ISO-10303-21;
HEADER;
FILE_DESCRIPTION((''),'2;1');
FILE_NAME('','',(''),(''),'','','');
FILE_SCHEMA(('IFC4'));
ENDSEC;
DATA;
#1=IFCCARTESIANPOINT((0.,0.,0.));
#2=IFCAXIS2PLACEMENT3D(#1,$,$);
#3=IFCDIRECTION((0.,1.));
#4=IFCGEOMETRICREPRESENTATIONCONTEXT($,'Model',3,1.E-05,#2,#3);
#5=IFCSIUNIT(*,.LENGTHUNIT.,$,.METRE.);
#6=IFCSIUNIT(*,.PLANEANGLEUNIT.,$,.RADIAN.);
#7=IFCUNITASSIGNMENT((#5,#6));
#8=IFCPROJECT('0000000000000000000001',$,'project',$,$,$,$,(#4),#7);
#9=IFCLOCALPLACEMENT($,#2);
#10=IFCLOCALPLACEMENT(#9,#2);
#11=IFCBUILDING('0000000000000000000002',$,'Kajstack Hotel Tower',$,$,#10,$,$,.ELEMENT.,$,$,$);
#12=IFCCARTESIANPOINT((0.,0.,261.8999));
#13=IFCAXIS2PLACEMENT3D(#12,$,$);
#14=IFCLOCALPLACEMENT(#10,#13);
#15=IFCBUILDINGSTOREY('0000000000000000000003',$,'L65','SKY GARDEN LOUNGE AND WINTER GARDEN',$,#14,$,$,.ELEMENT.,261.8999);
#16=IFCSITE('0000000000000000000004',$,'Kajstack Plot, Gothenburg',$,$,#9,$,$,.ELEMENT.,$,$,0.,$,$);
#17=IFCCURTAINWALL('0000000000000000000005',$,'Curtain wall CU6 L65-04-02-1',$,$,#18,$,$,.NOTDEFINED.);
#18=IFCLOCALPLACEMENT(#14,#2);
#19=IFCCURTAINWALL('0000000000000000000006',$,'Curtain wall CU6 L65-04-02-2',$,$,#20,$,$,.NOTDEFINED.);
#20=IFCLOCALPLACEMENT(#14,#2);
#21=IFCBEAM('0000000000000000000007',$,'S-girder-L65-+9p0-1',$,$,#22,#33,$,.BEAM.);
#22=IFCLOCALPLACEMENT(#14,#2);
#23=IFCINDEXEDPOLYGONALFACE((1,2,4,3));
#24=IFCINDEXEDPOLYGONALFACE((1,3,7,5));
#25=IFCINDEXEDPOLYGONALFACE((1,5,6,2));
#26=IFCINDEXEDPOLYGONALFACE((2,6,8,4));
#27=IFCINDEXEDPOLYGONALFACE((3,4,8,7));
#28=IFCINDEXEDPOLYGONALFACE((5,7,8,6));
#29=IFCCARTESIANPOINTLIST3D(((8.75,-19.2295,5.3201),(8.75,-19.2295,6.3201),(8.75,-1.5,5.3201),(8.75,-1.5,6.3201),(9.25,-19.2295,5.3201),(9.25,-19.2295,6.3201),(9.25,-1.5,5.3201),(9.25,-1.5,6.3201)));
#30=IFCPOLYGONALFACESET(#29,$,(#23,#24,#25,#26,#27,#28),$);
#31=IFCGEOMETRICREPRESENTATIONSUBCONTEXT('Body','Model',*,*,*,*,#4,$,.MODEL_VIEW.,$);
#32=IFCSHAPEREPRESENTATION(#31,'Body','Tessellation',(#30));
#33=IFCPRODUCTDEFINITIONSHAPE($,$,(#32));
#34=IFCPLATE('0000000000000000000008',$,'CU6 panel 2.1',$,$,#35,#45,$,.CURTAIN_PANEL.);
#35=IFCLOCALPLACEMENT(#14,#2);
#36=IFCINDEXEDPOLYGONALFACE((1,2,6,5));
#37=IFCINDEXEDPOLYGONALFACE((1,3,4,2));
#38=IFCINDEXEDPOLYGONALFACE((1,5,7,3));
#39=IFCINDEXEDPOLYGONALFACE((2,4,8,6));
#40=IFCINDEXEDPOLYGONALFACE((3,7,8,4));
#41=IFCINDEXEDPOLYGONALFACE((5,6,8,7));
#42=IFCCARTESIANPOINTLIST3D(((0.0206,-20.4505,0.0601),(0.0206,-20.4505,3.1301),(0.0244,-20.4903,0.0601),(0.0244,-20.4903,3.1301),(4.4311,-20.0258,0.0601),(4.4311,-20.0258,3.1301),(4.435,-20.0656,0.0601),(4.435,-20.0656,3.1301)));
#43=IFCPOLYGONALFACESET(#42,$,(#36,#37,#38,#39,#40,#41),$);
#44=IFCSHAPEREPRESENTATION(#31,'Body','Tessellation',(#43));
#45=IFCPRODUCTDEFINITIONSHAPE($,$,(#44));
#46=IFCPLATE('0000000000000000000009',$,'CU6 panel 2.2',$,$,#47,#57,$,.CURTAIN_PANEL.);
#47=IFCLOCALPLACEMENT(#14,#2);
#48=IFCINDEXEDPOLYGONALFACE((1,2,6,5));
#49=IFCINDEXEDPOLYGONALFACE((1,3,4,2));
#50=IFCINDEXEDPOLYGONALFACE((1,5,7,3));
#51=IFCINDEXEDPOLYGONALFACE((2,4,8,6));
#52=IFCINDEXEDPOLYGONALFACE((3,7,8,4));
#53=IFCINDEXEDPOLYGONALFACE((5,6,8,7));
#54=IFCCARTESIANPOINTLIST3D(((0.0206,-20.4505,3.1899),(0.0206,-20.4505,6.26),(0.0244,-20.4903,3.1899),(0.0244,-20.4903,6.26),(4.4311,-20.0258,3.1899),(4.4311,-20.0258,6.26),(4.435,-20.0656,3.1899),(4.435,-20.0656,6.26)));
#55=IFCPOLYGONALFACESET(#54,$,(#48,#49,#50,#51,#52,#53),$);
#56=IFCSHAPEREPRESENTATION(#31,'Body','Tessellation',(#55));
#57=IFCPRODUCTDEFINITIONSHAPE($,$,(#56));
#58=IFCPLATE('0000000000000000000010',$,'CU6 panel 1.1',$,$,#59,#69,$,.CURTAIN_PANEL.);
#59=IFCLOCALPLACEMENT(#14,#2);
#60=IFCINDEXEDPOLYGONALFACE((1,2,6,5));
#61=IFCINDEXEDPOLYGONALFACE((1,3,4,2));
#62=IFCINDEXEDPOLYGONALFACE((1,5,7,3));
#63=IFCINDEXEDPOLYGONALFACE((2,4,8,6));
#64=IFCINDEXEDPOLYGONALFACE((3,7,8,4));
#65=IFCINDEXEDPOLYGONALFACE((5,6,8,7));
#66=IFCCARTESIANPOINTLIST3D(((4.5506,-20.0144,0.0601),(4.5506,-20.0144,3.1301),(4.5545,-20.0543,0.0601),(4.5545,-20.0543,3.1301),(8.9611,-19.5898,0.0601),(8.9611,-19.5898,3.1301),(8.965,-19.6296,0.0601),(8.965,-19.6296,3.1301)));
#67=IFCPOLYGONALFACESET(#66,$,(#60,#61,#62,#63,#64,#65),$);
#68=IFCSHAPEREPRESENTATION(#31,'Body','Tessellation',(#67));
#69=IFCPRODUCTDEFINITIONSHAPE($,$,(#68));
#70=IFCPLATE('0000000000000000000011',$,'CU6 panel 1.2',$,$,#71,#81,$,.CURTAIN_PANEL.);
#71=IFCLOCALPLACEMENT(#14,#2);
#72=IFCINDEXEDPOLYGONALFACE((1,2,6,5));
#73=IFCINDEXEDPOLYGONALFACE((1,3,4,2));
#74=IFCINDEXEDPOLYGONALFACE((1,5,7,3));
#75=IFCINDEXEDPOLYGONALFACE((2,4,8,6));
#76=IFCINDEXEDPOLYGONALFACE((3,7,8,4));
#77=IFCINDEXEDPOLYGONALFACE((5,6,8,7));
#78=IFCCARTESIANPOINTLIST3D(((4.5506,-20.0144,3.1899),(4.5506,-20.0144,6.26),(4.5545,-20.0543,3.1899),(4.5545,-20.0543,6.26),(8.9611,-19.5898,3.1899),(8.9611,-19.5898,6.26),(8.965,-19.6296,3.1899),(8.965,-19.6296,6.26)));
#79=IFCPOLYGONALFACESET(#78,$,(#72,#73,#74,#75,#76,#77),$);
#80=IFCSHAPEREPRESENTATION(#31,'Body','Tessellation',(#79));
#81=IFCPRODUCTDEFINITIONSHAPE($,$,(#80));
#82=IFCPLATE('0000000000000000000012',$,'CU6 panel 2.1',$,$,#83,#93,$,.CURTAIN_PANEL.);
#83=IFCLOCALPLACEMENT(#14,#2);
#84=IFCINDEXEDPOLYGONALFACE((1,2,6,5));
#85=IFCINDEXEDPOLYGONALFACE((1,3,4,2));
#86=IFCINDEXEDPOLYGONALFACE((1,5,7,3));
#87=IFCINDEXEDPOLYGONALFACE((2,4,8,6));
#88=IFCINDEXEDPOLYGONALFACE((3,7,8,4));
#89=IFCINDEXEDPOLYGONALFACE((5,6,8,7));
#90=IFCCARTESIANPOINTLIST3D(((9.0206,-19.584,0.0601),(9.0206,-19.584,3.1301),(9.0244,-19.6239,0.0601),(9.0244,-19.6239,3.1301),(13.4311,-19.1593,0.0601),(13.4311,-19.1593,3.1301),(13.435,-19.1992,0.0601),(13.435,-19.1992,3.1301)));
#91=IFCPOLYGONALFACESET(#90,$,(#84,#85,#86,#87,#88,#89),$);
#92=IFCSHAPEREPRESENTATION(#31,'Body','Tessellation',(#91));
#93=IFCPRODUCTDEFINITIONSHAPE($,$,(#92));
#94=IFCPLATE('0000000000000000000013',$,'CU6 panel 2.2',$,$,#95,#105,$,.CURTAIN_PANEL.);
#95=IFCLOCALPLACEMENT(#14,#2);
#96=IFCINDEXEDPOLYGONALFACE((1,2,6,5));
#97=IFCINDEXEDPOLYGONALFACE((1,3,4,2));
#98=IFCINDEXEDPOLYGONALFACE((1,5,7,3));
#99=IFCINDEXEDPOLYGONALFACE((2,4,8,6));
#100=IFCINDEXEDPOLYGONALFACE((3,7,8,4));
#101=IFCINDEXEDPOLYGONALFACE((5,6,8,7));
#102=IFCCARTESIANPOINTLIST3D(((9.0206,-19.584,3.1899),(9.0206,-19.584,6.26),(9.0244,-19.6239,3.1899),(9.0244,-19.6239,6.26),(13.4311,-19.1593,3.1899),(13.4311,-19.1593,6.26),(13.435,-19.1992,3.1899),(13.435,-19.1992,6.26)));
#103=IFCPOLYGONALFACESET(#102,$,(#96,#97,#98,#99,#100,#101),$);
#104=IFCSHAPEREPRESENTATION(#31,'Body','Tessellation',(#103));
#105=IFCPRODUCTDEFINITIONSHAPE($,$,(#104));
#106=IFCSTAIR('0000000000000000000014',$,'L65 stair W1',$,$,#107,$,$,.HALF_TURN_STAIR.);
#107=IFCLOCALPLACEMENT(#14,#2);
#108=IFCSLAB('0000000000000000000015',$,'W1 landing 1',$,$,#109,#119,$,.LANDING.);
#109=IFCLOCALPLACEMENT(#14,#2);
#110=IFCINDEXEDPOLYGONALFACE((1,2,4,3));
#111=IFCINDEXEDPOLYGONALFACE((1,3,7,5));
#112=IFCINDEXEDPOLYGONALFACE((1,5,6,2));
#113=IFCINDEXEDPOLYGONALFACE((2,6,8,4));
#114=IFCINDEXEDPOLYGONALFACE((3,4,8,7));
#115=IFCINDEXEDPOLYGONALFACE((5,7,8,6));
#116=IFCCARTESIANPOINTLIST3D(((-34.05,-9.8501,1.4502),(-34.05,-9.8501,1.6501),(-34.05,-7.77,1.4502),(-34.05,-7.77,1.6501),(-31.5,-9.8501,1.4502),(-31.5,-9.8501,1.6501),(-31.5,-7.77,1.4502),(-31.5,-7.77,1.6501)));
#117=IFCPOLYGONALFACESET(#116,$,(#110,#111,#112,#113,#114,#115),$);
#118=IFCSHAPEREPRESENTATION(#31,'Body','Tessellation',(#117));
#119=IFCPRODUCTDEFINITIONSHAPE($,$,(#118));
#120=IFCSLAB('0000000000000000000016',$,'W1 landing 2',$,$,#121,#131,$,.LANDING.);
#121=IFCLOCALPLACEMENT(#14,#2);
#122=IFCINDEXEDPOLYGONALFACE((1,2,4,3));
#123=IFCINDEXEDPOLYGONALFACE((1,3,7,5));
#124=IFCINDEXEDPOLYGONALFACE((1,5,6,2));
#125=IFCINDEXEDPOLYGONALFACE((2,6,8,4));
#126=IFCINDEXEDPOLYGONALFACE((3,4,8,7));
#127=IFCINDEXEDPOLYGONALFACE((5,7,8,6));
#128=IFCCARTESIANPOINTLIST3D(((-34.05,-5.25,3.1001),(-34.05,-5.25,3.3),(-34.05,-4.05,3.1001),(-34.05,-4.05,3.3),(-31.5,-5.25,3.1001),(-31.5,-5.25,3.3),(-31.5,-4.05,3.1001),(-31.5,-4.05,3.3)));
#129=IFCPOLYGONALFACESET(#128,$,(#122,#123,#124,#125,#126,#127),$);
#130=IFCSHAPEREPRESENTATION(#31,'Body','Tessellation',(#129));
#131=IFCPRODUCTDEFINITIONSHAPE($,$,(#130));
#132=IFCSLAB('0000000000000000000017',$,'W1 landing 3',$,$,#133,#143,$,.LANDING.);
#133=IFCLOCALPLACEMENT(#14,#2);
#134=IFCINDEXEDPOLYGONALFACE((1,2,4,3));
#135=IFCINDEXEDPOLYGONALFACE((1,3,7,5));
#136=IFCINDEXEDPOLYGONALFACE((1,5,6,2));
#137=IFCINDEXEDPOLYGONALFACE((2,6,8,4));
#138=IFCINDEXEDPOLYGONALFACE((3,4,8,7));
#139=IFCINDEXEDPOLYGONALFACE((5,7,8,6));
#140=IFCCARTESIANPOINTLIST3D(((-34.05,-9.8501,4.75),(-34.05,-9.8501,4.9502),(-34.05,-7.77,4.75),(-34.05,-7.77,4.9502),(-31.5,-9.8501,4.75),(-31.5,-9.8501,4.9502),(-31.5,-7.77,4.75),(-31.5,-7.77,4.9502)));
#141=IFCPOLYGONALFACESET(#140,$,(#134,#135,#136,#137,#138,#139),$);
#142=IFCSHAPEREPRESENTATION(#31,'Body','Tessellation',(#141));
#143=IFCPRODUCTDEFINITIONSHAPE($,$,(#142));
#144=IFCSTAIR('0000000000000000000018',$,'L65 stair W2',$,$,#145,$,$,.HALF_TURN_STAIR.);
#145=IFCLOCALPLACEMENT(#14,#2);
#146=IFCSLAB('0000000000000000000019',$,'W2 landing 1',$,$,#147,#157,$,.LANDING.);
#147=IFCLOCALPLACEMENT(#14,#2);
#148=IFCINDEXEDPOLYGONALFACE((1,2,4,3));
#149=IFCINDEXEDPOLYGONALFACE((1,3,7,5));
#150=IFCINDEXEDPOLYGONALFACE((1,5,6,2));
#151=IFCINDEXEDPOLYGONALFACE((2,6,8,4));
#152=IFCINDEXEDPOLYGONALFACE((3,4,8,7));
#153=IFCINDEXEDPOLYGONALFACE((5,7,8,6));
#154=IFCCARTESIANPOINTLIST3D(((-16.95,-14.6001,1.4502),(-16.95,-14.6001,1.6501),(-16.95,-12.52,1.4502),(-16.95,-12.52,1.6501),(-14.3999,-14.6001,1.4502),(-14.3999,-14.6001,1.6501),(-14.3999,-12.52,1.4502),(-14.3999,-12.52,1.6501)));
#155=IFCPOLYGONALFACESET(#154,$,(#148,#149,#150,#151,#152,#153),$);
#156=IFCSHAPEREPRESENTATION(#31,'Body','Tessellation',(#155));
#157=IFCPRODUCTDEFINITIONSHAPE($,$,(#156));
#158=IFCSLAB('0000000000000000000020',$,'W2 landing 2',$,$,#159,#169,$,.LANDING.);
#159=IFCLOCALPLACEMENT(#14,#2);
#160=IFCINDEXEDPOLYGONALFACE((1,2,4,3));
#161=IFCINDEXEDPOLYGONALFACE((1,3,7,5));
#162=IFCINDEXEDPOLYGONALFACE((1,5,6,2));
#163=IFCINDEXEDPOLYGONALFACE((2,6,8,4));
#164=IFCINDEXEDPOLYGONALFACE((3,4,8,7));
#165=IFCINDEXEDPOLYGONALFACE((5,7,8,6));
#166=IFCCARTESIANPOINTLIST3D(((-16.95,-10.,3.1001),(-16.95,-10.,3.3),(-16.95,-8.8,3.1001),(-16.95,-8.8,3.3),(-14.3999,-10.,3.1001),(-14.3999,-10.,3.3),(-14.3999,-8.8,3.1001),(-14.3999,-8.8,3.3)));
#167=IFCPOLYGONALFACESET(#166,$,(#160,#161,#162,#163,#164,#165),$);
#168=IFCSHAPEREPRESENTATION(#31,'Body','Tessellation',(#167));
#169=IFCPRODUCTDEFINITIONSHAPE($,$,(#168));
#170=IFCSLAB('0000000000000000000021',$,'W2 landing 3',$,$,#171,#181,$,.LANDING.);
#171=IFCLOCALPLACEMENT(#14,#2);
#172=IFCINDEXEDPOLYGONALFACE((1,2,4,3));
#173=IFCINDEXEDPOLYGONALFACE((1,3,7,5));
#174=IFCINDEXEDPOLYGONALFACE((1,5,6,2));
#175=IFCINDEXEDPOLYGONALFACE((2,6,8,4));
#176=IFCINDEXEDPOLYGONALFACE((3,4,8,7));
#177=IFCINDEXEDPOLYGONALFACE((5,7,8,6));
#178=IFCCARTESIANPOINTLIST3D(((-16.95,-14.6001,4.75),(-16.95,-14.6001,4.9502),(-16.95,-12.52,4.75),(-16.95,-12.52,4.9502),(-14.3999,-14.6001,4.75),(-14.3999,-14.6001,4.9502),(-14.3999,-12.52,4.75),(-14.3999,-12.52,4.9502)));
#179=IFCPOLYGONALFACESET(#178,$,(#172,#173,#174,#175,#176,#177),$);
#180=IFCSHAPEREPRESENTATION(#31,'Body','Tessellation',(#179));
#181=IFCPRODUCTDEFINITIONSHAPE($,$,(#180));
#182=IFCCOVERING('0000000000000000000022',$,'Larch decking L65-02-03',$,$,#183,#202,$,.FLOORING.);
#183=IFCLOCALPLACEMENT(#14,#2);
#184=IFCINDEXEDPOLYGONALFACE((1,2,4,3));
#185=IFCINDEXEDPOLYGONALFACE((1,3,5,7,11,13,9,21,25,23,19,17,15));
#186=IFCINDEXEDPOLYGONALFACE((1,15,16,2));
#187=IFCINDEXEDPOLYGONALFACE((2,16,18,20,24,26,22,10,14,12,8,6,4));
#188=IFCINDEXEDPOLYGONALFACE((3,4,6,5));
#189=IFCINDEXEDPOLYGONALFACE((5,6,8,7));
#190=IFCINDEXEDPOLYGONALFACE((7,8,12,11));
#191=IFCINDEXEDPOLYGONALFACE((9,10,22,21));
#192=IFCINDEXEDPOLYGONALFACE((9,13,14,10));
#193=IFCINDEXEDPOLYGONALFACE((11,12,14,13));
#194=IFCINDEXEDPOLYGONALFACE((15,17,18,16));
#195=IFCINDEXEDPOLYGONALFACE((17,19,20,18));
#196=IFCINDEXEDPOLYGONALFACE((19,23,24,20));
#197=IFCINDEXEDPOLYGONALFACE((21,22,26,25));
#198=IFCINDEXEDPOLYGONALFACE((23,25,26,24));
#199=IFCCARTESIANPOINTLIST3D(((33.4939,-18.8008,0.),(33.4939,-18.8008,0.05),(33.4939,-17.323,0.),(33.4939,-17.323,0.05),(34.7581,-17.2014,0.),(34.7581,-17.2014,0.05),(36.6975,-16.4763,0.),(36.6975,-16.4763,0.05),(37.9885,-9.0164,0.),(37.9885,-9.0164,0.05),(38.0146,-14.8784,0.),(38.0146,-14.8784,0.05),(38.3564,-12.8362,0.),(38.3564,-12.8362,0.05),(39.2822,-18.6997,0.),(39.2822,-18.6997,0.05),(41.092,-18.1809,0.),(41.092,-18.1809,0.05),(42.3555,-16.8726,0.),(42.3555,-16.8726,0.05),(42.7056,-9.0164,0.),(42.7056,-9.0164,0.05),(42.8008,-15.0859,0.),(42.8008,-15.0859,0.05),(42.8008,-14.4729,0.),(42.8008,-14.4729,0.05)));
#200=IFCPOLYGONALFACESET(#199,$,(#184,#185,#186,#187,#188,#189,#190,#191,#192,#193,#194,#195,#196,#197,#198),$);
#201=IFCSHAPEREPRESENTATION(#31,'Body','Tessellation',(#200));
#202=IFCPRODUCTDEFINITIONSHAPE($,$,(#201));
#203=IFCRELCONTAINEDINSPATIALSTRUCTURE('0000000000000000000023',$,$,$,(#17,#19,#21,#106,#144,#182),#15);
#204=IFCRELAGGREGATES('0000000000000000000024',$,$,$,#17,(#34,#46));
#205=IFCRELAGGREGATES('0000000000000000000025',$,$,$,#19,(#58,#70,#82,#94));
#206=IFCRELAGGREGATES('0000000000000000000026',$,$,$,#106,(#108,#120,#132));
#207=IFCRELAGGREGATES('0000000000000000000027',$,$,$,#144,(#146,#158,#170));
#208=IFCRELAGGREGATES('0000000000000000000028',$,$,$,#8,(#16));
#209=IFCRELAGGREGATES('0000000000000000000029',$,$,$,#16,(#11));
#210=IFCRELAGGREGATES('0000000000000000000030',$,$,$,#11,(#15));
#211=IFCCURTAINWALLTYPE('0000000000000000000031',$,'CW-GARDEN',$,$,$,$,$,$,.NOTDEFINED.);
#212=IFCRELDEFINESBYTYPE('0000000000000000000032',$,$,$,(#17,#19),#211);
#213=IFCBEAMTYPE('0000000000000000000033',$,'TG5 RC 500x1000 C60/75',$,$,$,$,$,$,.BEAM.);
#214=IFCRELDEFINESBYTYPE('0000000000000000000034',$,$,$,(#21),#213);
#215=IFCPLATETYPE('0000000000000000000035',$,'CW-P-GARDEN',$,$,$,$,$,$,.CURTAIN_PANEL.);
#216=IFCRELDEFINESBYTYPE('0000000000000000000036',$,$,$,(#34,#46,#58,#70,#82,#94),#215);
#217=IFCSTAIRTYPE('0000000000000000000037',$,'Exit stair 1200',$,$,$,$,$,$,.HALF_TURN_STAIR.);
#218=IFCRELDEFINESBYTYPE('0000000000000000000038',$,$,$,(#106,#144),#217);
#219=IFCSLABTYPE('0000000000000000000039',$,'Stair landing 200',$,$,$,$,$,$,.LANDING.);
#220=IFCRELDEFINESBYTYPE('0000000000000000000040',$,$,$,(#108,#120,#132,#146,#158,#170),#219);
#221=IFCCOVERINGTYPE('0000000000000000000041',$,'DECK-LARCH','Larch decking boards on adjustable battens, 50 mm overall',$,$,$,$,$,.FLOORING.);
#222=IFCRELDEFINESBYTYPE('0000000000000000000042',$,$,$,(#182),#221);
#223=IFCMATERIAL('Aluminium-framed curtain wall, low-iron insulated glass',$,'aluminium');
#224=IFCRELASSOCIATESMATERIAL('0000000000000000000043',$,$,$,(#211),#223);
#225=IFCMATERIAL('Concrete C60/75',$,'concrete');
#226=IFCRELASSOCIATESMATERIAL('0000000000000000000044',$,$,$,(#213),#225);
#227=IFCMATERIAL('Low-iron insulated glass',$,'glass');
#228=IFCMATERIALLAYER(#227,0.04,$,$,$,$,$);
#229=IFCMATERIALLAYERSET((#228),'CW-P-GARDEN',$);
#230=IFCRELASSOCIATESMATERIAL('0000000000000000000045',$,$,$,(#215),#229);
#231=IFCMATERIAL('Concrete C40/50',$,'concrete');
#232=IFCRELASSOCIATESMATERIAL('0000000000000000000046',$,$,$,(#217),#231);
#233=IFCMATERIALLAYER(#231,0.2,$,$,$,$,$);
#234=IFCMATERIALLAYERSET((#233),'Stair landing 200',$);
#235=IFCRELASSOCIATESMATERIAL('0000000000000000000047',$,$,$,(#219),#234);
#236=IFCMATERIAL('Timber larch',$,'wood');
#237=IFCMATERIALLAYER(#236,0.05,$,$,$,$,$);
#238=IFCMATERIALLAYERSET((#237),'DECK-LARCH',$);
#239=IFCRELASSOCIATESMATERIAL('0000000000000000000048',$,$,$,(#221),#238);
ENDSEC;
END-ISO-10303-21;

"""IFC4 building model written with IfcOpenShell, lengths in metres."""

from ifc_helpers import new_model, si_unit, direction, frame, origin, origin_2d, place, context, subcontext, project, spatial, polyline, rectangle, outline, extrude, material, layer, layer_set, material_profile, profile_set, type_object, element, aggregate, save


model = new_model("IFC4")

# Units and contexts
model_context = context("Model", 3, precision=1e-05, world=origin(), true_north=direction((0.0, 1.0)))
body_context = subcontext(model_context, "Body", "Model", "MODEL_VIEW")
ifc_project = project(units=[si_unit("LENGTHUNIT", "METRE"), si_unit("PLANEANGLEUNIT", "RADIAN")], contexts=[model_context])

# Site, building, storey
site_placement = place(None, origin())
site = spatial("IfcSite", under=ifc_project, at=site_placement, Name="Kajstack Plot, Gothenburg", CompositionType="ELEMENT", RefElevation=0.0)
building_placement = place(site_placement, origin())
building = spatial("IfcBuilding", under=site, at=building_placement, Name="Kajstack Hotel Tower", CompositionType="ELEMENT")
storey_placement = place(building_placement, frame((0.0, 0.0, 261.8999)))
storey = spatial("IfcBuildingStorey", under=building, at=storey_placement, Name="L65", Description="SKY GARDEN LOUNGE AND WINTER GARDEN", CompositionType="ELEMENT", Elevation=261.8999)

# Shared definitions
ifc_material_1 = material(Name="Concrete C40/50", Category="concrete")

# Curtain wall
ifc_material_2 = material(Name="Aluminium-framed curtain wall, low-iron insulated glass", Category="aluminium")
curtain_wall_type = type_object("IfcCurtainWallType", Name="CW-GARDEN", PredefinedType="NOTDEFINED", material=ifc_material_2)
curtain_wall_1_placement = place(storey_placement, origin())
curtain_wall_1 = element("IfcCurtainWall", 1, at=curtain_wall_1_placement, inside=storey, type_object=curtain_wall_type, Name="Curtain wall CU6 L65-04-02-1", PredefinedType="NOTDEFINED")

# Curtain wall
curtain_wall_2_placement = place(storey_placement, origin())
curtain_wall_2 = element("IfcCurtainWall", 2, at=curtain_wall_2_placement, inside=storey, type_object=curtain_wall_type, Name="Curtain wall CU6 L65-04-02-2", PredefinedType="NOTDEFINED")

# Beam
ifc_material_3 = material(Name="Concrete C60/75", Category="concrete")
ifc_material_profile_1 = material_profile(ifc_material_3, rectangle(XDim=0.5, YDim=1.0, at=origin_2d()), Name="RC 500x1000")
ifc_profile_set_1 = profile_set([ifc_material_profile_1], Name="Concrete C60/75")
beam_type = type_object("IfcBeamType", Name="TG5 RC 500x1000 C60/75", PredefinedType="BEAM", material=ifc_profile_set_1)
beam_placement = place(storey_placement, frame((9.0, -19.2295, 5.8201), z_axis=(0.0, 1.0, 0.0), x_axis=(-1.0, 0.0, 0.0)))
element("IfcBeam", 3, at=beam_placement, inside=storey, type_object=beam_type, Name="S-girder-L65-+9p0-1", PredefinedType="BEAM", context=body_context, shape_type="SweptSolid", body=[
    extrude(rectangle(XDim=0.5, YDim=1.0, at=origin_2d()), origin(), (0.0, 0.0, 1.0), 17.7295),
])

# Plates
ifc_material_4 = material(Name="Low-iron insulated glass", Category="glass")
ifc_layer_1 = layer(ifc_material_4, 0.04)
ifc_layer_set_1 = layer_set([ifc_layer_1], Name="CW-P-GARDEN")
plate_type = type_object("IfcPlateType", Name="CW-P-GARDEN", PredefinedType="CURTAIN_PANEL", material=ifc_layer_set_1)
plate_1_placement = place(storey_placement, frame((2.2278, -20.2581, 0.0601), z_axis=(0.0, 0.0, 1.0), x_axis=(0.995396, 0.095846, 0.0)))
plate_1 = element("IfcPlate", 4, at=plate_1_placement, type_object=plate_type, Name="CU6 panel 2.1", PredefinedType="CURTAIN_PANEL", context=body_context, shape_type="SweptSolid", body=[
    extrude(rectangle(XDim=4.4309, YDim=0.04, at=origin_2d()), origin(), (0.0, 0.0, 1.0), 3.0701),
])
plate_2_placement = place(storey_placement, frame((2.2278, -20.2581, 3.1899), z_axis=(0.0, 0.0, 1.0), x_axis=(0.995396, 0.095846, 0.0)))
plate_2 = element("IfcPlate", 5, at=plate_2_placement, type_object=plate_type, Name="CU6 panel 2.2", PredefinedType="CURTAIN_PANEL", context=body_context, shape_type="SweptSolid", body=[
    extrude(rectangle(XDim=4.4309, YDim=0.04, at=origin_2d()), origin(), (0.0, 0.0, 1.0), 3.0701),
])
aggregate(curtain_wall_1, [plate_1, plate_2])
plate_3_placement = place(storey_placement, frame((6.7578, -19.822, 0.0601), z_axis=(0.0, 0.0, 1.0), x_axis=(0.995396, 0.095846, 0.0)))
plate_3 = element("IfcPlate", 6, at=plate_3_placement, type_object=plate_type, Name="CU6 panel 1.1", PredefinedType="CURTAIN_PANEL", context=body_context, shape_type="SweptSolid", body=[
    extrude(rectangle(XDim=4.4309, YDim=0.04, at=origin_2d()), origin(), (0.0, 0.0, 1.0), 3.0701),
])
plate_4_placement = place(storey_placement, frame((6.7578, -19.822, 3.1899), z_axis=(0.0, 0.0, 1.0), x_axis=(0.995396, 0.095846, 0.0)))
plate_4 = element("IfcPlate", 7, at=plate_4_placement, type_object=plate_type, Name="CU6 panel 1.2", PredefinedType="CURTAIN_PANEL", context=body_context, shape_type="SweptSolid", body=[
    extrude(rectangle(XDim=4.4309, YDim=0.04, at=origin_2d()), origin(), (0.0, 0.0, 1.0), 3.0701),
])
plate_5_placement = place(storey_placement, frame((11.2278, -19.3916, 0.0601), z_axis=(0.0, 0.0, 1.0), x_axis=(0.995396, 0.095846, 0.0)))
plate_5 = element("IfcPlate", 8, at=plate_5_placement, type_object=plate_type, Name="CU6 panel 2.1", PredefinedType="CURTAIN_PANEL", context=body_context, shape_type="SweptSolid", body=[
    extrude(rectangle(XDim=4.4309, YDim=0.04, at=origin_2d()), origin(), (0.0, 0.0, 1.0), 3.0701),
])
plate_6_placement = place(storey_placement, frame((11.2278, -19.3916, 3.1899), z_axis=(0.0, 0.0, 1.0), x_axis=(0.995396, 0.095846, 0.0)))
plate_6 = element("IfcPlate", 9, at=plate_6_placement, type_object=plate_type, Name="CU6 panel 2.2", PredefinedType="CURTAIN_PANEL", context=body_context, shape_type="SweptSolid", body=[
    extrude(rectangle(XDim=4.4309, YDim=0.04, at=origin_2d()), origin(), (0.0, 0.0, 1.0), 3.0701),
])
aggregate(curtain_wall_2, [plate_3, plate_4, plate_5, plate_6])

# Stairs, slabs
stair_type = type_object("IfcStairType", Name="Exit stair 1200", PredefinedType="HALF_TURN_STAIR", material=ifc_material_1)
stair_1_placement = place(storey_placement, origin())
stair_1 = element("IfcStair", 10, at=stair_1_placement, inside=storey, type_object=stair_type, Name="L65 stair W1", PredefinedType="HALF_TURN_STAIR")
ifc_layer_2 = layer(ifc_material_1, 0.2)
ifc_layer_set_2 = layer_set([ifc_layer_2], Name="Stair landing 200")
slab_type = type_object("IfcSlabType", Name="Stair landing 200", PredefinedType="LANDING", material=ifc_layer_set_2)
slab_1_placement = place(storey_placement, frame((0.0, 0.0, 1.4502)))
slab_1 = element("IfcSlab", 11, at=slab_1_placement, type_object=slab_type, Name="W1 landing 1", PredefinedType="LANDING", context=body_context, shape_type="SweptSolid", body=[
    extrude(outline(polyline([(-34.05, -7.77), (-34.05, -9.8501), (-31.5, -9.8501), (-31.5, -7.77), (-34.05, -7.77)])), origin(), (0.0, 0.0, 1.0), 0.2),
])
slab_2_placement = place(storey_placement, frame((0.0, 0.0, 3.1001)))
slab_2 = element("IfcSlab", 12, at=slab_2_placement, type_object=slab_type, Name="W1 landing 2", PredefinedType="LANDING", context=body_context, shape_type="SweptSolid", body=[
    extrude(outline(polyline([(-34.05, -4.05), (-34.05, -5.25), (-31.5, -5.25), (-31.5, -4.05), (-34.05, -4.05)])), origin(), (0.0, 0.0, 1.0), 0.2),
])
slab_3_placement = place(storey_placement, frame((0.0, 0.0, 4.75)))
slab_3 = element("IfcSlab", 13, at=slab_3_placement, type_object=slab_type, Name="W1 landing 3", PredefinedType="LANDING", context=body_context, shape_type="SweptSolid", body=[
    extrude(outline(polyline([(-34.05, -7.77), (-34.05, -9.8501), (-31.5, -9.8501), (-31.5, -7.77), (-34.05, -7.77)])), origin(), (0.0, 0.0, 1.0), 0.2002),
])
aggregate(stair_1, [slab_1, slab_2, slab_3])
stair_2_placement = place(storey_placement, origin())
stair_2 = element("IfcStair", 14, at=stair_2_placement, inside=storey, type_object=stair_type, Name="L65 stair W2", PredefinedType="HALF_TURN_STAIR")
slab_4_placement = place(storey_placement, frame((0.0, 0.0, 1.4502)))
slab_4 = element("IfcSlab", 15, at=slab_4_placement, type_object=slab_type, Name="W2 landing 1", PredefinedType="LANDING", context=body_context, shape_type="SweptSolid", body=[
    extrude(outline(polyline([(-16.95, -12.52), (-16.95, -14.6001), (-14.3999, -14.6001), (-14.3999, -12.52), (-16.95, -12.52)])), origin(), (0.0, 0.0, 1.0), 0.2),
])
slab_5_placement = place(storey_placement, frame((0.0, 0.0, 3.1001)))
slab_5 = element("IfcSlab", 16, at=slab_5_placement, type_object=slab_type, Name="W2 landing 2", PredefinedType="LANDING", context=body_context, shape_type="SweptSolid", body=[
    extrude(outline(polyline([(-16.95, -8.8), (-16.95, -10.0), (-14.3999, -10.0), (-14.3999, -8.8), (-16.95, -8.8)])), origin(), (0.0, 0.0, 1.0), 0.2),
])
slab_6_placement = place(storey_placement, frame((0.0, 0.0, 4.75)))
slab_6 = element("IfcSlab", 17, at=slab_6_placement, type_object=slab_type, Name="W2 landing 3", PredefinedType="LANDING", context=body_context, shape_type="SweptSolid", body=[
    extrude(outline(polyline([(-16.95, -12.52), (-16.95, -14.6001), (-14.3999, -14.6001), (-14.3999, -12.52), (-16.95, -12.52)])), origin(), (0.0, 0.0, 1.0), 0.2002),
])
aggregate(stair_2, [slab_4, slab_5, slab_6])

# Covering
ifc_material_5 = material(Name="Timber larch", Category="wood")
ifc_layer_3 = layer(ifc_material_5, 0.05)
ifc_layer_set_3 = layer_set([ifc_layer_3], Name="DECK-LARCH")
covering_type = type_object("IfcCoveringType", Name="DECK-LARCH", Description="Larch decking boards on adjustable battens, 50 mm overall", PredefinedType="FLOORING", material=ifc_layer_set_3)
covering_1_placement = place(storey_placement, origin())
element("IfcCovering", 18, at=covering_1_placement, inside=storey, type_object=covering_type, Name="Larch decking L65-02-03", PredefinedType="FLOORING", context=body_context, shape_type="SweptSolid", body=[
    extrude(outline(polyline([(42.7056, -9.0164), (37.9885, -9.0164), (38.3564, -12.8362), (38.0146, -14.8784), (36.6975, -16.4763), (34.7581, -17.2014), (33.4939, -17.323), (33.4939, -18.8008), (39.2822, -18.6997), (41.092, -18.1809), (42.3555, -16.8726), (42.8008, -15.0859), (42.8008, -14.4729), (42.7056, -9.0164)])), origin(), (0.0, 0.0, 1.0), 0.05),
])

save(model, "model.ifc")
